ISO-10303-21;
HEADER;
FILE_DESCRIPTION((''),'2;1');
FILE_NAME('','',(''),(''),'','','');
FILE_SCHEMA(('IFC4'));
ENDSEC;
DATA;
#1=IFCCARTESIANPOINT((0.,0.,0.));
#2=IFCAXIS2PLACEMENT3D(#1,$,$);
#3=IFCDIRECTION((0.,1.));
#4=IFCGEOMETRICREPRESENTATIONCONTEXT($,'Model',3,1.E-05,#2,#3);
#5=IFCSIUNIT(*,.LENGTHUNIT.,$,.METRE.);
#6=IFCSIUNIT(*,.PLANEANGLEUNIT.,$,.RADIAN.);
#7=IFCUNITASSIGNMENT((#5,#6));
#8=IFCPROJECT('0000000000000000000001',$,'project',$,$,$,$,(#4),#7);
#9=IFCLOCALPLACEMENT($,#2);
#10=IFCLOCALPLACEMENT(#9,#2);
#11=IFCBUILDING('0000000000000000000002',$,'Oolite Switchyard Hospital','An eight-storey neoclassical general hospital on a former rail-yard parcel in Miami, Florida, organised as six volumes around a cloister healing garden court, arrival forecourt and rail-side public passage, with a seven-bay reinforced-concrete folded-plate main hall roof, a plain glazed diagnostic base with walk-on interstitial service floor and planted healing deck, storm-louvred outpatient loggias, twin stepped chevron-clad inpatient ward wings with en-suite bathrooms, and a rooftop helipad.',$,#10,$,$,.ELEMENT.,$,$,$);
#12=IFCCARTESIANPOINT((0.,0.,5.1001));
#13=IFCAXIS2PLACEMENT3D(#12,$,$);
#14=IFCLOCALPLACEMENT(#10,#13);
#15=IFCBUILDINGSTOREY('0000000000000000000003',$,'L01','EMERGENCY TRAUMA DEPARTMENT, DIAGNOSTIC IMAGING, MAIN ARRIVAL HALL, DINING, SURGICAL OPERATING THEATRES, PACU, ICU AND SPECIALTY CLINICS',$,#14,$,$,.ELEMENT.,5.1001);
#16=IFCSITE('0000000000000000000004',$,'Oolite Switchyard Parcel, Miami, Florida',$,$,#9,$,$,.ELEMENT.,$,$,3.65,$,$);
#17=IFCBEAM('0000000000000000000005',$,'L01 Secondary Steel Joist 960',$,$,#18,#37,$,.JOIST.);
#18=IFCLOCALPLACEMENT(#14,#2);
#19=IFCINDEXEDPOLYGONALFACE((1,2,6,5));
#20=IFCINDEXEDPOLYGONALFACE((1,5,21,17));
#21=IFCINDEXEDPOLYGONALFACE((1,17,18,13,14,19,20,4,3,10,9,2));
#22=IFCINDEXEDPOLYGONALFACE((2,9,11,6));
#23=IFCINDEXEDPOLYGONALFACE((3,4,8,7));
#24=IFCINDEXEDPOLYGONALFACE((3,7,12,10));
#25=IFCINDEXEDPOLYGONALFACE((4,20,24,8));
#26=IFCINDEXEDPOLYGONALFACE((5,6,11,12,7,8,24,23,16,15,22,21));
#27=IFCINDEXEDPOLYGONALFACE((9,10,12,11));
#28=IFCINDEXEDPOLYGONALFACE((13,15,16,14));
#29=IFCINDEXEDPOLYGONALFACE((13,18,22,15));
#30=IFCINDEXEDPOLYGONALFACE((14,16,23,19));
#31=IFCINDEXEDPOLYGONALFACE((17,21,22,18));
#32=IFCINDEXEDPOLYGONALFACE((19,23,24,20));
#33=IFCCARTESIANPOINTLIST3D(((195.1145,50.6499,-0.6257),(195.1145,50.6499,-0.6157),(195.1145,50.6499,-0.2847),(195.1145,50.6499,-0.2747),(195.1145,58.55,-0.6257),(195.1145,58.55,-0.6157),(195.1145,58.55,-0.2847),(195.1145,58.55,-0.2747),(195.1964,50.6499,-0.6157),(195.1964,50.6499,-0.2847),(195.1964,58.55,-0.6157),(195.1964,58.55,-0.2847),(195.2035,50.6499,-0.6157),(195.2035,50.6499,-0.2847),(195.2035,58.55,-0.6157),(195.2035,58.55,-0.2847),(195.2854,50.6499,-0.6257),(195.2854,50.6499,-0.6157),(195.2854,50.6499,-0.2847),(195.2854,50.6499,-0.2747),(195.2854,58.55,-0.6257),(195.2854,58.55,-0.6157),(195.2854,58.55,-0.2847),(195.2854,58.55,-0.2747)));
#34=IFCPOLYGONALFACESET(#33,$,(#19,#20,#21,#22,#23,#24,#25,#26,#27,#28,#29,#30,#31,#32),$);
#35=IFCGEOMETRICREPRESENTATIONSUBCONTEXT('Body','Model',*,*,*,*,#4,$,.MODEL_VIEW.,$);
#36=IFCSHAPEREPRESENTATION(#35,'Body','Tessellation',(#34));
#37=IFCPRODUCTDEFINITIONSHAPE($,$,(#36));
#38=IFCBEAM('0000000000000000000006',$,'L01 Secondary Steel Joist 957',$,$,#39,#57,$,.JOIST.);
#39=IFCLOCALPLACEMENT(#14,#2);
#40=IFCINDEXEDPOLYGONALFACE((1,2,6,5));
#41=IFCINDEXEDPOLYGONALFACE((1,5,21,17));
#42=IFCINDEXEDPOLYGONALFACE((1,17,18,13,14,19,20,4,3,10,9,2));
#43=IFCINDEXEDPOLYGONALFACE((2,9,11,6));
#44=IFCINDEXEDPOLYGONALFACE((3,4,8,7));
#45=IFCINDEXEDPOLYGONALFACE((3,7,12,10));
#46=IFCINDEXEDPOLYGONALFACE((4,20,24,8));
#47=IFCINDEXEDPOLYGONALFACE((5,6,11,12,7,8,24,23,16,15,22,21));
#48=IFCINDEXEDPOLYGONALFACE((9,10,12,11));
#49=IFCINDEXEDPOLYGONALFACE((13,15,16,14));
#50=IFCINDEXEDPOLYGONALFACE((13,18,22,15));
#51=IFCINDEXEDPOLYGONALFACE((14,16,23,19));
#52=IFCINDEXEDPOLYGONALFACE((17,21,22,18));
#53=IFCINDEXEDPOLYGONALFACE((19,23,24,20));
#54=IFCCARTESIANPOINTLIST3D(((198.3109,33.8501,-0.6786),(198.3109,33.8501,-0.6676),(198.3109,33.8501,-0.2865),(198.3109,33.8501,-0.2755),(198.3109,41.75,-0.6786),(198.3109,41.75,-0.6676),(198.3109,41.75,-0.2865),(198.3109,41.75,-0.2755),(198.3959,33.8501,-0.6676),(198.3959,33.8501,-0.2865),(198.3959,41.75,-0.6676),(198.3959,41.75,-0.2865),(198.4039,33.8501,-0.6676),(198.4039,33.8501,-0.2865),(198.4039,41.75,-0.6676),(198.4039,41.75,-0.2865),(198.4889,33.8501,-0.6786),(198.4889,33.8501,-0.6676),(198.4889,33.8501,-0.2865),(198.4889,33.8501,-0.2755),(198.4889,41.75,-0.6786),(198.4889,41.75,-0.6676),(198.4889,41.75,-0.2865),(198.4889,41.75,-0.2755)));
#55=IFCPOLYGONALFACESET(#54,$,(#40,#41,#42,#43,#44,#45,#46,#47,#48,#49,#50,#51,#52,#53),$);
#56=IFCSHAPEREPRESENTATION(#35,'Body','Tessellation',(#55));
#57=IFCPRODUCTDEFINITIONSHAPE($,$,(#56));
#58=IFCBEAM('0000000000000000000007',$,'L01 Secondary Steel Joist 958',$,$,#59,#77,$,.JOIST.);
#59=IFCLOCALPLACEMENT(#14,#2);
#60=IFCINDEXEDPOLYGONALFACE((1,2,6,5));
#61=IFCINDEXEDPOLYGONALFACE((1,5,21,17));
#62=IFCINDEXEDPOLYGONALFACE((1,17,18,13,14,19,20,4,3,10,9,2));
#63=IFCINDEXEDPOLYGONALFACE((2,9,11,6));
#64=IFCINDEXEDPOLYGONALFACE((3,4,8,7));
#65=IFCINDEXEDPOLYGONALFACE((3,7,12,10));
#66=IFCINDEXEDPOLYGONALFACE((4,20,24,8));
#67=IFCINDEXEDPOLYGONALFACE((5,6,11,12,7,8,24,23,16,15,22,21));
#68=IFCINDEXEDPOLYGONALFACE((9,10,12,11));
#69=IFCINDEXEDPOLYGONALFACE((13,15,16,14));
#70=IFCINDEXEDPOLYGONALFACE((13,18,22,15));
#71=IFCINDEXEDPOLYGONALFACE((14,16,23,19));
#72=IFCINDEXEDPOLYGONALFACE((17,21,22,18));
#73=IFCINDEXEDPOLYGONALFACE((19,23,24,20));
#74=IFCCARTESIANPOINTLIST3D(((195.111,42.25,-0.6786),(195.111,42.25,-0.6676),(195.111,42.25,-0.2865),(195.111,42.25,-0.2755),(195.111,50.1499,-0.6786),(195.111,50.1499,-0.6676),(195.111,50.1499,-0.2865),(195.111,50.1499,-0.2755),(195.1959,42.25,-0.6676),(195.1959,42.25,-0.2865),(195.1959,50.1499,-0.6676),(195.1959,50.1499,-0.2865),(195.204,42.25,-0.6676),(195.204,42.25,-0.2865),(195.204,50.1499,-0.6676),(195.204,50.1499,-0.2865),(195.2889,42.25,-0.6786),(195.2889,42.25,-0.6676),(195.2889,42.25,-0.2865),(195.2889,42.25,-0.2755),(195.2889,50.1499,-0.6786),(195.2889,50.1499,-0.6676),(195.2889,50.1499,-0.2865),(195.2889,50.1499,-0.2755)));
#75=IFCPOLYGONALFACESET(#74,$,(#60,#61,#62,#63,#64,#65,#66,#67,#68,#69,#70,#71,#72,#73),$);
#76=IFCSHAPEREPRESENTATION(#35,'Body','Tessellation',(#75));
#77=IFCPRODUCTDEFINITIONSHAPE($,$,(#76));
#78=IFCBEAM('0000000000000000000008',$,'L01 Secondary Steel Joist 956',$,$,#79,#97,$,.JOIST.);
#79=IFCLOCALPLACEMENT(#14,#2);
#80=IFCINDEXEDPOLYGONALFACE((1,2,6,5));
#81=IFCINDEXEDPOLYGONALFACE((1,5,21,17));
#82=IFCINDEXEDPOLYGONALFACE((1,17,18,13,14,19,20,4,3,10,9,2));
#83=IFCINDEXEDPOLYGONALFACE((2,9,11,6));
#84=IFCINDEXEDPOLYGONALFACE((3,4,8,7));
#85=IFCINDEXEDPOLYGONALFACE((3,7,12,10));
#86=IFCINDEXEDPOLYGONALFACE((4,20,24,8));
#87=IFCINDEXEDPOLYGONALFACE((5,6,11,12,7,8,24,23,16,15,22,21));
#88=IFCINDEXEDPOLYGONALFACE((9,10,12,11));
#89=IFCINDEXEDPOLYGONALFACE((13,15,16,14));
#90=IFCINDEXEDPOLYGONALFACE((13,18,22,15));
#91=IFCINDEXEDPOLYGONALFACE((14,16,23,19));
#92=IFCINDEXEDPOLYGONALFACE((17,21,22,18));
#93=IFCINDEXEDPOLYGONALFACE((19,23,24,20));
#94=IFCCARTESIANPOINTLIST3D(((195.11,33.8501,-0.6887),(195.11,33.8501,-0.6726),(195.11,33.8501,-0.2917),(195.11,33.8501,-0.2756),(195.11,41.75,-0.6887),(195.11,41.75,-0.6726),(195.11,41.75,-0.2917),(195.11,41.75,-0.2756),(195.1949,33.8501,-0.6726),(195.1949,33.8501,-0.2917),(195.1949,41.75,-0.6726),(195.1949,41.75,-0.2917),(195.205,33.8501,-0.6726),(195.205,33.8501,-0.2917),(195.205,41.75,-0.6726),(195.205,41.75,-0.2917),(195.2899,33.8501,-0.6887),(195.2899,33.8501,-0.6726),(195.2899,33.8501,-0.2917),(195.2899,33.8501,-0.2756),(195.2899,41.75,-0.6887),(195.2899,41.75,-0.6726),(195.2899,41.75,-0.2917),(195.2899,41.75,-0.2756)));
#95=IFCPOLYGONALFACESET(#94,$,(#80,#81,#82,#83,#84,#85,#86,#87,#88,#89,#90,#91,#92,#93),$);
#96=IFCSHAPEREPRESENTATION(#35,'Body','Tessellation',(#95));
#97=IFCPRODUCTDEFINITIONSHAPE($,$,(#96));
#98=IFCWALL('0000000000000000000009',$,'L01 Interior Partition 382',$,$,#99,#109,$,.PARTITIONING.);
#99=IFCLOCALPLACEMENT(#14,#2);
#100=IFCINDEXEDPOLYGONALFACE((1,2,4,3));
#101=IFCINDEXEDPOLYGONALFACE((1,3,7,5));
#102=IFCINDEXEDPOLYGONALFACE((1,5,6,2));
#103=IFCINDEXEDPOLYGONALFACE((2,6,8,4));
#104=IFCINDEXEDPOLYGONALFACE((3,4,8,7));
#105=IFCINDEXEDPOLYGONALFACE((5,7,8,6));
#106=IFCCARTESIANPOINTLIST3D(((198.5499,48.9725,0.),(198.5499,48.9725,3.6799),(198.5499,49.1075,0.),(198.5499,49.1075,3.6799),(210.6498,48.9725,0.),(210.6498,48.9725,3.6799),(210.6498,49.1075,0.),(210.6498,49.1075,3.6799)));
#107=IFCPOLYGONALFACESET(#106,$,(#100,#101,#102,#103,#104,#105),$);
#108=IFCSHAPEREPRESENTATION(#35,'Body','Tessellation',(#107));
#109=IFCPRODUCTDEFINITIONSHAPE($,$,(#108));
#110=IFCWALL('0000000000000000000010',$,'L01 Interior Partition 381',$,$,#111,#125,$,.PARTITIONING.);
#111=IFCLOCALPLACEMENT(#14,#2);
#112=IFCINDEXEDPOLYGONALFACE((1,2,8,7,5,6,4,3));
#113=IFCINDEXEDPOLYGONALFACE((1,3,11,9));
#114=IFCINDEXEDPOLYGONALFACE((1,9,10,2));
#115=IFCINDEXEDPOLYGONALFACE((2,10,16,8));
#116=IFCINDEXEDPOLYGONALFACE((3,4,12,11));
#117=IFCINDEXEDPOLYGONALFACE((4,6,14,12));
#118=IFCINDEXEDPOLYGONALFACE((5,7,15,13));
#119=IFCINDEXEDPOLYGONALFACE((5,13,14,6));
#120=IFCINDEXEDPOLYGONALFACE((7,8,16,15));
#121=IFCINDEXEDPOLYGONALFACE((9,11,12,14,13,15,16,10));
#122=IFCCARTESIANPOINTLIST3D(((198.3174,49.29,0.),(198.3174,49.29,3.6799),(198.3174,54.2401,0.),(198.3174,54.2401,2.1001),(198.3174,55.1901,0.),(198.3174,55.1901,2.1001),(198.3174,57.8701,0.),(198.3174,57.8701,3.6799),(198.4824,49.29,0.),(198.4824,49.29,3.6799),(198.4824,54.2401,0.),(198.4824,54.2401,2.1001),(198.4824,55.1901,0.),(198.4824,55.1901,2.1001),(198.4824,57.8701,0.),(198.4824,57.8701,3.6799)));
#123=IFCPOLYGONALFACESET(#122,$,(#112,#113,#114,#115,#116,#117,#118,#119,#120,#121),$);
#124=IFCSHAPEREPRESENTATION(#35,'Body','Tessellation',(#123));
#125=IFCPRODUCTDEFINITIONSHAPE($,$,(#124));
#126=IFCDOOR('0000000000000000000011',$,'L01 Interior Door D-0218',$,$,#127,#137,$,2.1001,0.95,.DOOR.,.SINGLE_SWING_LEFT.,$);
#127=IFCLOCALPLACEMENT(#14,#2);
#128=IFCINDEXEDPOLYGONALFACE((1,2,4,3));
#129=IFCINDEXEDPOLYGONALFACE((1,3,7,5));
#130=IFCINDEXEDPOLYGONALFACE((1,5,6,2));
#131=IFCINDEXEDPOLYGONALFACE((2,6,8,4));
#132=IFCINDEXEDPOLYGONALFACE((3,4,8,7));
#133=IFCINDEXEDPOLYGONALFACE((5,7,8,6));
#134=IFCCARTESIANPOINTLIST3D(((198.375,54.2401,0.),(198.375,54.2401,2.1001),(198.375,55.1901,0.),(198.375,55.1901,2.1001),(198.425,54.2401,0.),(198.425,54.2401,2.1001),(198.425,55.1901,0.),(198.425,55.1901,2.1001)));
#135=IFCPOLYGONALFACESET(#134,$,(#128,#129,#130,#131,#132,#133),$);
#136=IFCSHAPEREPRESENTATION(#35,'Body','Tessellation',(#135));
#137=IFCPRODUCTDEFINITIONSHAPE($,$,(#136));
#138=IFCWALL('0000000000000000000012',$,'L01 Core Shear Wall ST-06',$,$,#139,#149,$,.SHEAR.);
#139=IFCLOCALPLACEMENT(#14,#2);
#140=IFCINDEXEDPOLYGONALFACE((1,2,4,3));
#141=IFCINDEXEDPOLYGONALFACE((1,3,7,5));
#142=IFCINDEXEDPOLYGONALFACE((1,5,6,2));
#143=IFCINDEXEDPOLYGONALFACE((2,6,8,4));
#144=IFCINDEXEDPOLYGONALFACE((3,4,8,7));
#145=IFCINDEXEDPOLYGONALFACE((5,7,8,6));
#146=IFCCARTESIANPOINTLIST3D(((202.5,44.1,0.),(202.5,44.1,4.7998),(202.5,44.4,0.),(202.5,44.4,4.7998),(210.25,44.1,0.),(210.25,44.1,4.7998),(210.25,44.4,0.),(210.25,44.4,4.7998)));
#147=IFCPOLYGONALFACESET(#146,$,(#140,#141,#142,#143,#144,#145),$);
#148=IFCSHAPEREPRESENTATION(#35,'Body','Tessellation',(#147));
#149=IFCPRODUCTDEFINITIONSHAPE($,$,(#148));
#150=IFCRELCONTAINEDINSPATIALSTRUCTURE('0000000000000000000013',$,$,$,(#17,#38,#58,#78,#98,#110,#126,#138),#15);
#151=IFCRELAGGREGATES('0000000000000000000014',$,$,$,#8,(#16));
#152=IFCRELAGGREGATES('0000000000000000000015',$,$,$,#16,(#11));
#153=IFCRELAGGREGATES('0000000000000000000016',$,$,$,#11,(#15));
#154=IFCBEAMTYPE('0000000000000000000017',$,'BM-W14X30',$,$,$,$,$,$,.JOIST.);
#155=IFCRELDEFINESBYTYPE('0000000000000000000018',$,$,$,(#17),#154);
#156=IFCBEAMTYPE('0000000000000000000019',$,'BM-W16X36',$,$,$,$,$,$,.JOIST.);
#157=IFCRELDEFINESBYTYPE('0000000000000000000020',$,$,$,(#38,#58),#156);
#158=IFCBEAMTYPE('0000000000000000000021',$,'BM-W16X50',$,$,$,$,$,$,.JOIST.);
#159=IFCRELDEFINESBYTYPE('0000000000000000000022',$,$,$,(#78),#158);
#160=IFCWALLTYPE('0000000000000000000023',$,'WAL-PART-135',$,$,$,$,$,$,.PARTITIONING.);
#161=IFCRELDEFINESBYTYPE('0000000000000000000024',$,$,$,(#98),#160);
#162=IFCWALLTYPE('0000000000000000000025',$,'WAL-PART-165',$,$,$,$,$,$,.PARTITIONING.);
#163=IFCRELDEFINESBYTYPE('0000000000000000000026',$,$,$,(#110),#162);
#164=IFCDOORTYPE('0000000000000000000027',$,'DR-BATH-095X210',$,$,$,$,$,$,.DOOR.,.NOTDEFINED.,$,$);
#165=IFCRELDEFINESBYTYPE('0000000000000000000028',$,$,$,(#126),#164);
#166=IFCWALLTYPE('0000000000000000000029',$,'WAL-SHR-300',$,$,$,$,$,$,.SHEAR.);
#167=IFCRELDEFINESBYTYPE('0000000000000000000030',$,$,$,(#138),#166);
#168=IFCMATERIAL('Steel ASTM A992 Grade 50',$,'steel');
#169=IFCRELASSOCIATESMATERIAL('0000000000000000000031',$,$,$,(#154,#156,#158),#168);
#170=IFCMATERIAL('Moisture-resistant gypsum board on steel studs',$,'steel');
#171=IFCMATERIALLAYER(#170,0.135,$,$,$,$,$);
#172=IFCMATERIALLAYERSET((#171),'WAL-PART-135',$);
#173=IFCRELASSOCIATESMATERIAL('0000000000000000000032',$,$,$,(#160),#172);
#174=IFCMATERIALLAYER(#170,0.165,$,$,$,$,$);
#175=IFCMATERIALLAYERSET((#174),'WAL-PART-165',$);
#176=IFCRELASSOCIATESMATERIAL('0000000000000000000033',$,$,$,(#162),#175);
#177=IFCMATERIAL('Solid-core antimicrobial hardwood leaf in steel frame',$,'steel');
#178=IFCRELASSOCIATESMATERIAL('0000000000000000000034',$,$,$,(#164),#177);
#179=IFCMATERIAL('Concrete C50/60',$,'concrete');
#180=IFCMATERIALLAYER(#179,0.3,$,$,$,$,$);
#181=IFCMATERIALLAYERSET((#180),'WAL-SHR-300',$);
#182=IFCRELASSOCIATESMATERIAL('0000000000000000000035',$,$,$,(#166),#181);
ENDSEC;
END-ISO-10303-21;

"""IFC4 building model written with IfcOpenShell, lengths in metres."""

from ifc_helpers import new_model, si_unit, direction, frame, frame_2d, origin, origin_2d, place, context, subcontext, project, spatial, rectangle, i_section, extrude, material, layer, layer_set, material_profile, profile_set, type_object, element, fill, save


model = new_model("IFC4")

# Units and contexts
model_context = context("Model", 3, precision=1e-05, world=origin(), true_north=direction((0.0, 1.0)))
body_context = subcontext(model_context, "Body", "Model", "MODEL_VIEW")
ifc_project = project(units=[si_unit("LENGTHUNIT", "METRE"), si_unit("PLANEANGLEUNIT", "RADIAN")], contexts=[model_context])

# Site, building, storey
site_placement = place(None, origin())
site = spatial("IfcSite", under=ifc_project, at=site_placement, Name="Oolite Switchyard Parcel, Miami, Florida", CompositionType="ELEMENT", RefElevation=3.65)
building_placement = place(site_placement, origin())
building = spatial("IfcBuilding", under=site, at=building_placement, Name="Oolite Switchyard Hospital", Description="An eight-storey neoclassical general hospital on a former rail-yard parcel in Miami, Florida, organised as six volumes around a cloister healing garden court, arrival forecourt and rail-side public passage, with a seven-bay reinforced-concrete folded-plate main hall roof, a plain glazed diagnostic base with walk-on interstitial service floor and planted healing deck, storm-louvred outpatient loggias, twin stepped chevron-clad inpatient ward wings with en-suite bathrooms, and a rooftop helipad.", CompositionType="ELEMENT")
storey_placement = place(building_placement, frame((0.0, 0.0, 5.1001)))
storey = spatial("IfcBuildingStorey", under=building, at=storey_placement, Name="L01", Description="EMERGENCY TRAUMA DEPARTMENT, DIAGNOSTIC IMAGING, MAIN ARRIVAL HALL, DINING, SURGICAL OPERATING THEATRES, PACU, ICU AND SPECIALTY CLINICS", CompositionType="ELEMENT", Elevation=5.1001)

# Shared definitions
ifc_material_1 = material(Name="Concrete C50/60", Category="concrete")

# Beams
ifc_material_2 = material(Name="Steel ASTM A992 Grade 50", Category="steel")
ifc_material_profile_1 = material_profile(ifc_material_2, i_section(OverallWidth=0.1709, OverallDepth=0.3511, WebThickness=0.0071, FlangeThickness=0.01, at=origin_2d()), Name="W14X30")
ifc_profile_set_1 = profile_set([ifc_material_profile_1], Name="Steel ASTM A992 Grade 50")
beam_type_1 = type_object("IfcBeamType", Name="BM-W14X30", PredefinedType="JOIST", material=ifc_profile_set_1)
beam_1_placement = place(storey_placement, frame((195.2, 50.6499, -0.4502), z_axis=(0.0, 1.0, 0.0), x_axis=(-1.0, 0.0, 0.0)))
element("IfcBeam", 1, at=beam_1_placement, inside=storey, type_object=beam_type_1, Name="L01 Secondary Steel Joist 960", PredefinedType="JOIST", context=body_context, shape_type="SweptSolid", body=[
    extrude(i_section(OverallWidth=0.1709, OverallDepth=0.3511, WebThickness=0.0071, FlangeThickness=0.01, at=origin_2d()), origin(), (0.0, 0.0, 1.0), 7.9001),
])
ifc_material_profile_2 = material_profile(ifc_material_2, i_section(OverallWidth=0.178, OverallDepth=0.4031, WebThickness=0.0081, FlangeThickness=0.011, at=origin_2d()), Name="W16X36")
ifc_profile_set_2 = profile_set([ifc_material_profile_2], Name="Steel ASTM A992 Grade 50")
beam_type_2 = type_object("IfcBeamType", Name="BM-W16X36", PredefinedType="JOIST", material=ifc_profile_set_2)
for number, where, z_axis, x_axis, name in (
    (2, (198.3999, 33.8501, -0.4771), (0.0, 1.0, 0.0), (-1.0, 0.0, 0.0), "L01 Secondary Steel Joist 957"),
    (3, (195.2, 42.25, -0.4771), (0.0, 1.0, 0.0), (-1.0, 0.0, 0.0), "L01 Secondary Steel Joist 958"),
):
    element("IfcBeam", number, at=place(storey_placement, frame(where, z_axis=z_axis, x_axis=x_axis)), inside=storey, type_object=beam_type_2, Name=name, PredefinedType="JOIST", context=body_context, shape_type="SweptSolid", body=[
        extrude(i_section(OverallWidth=0.178, OverallDepth=0.4031, WebThickness=0.0081, FlangeThickness=0.011, at=origin_2d()), origin(), (0.0, 0.0, 1.0), 7.8999),
    ])
ifc_material_profile_3 = material_profile(ifc_material_2, i_section(OverallWidth=0.1799, OverallDepth=0.4131, WebThickness=0.01, FlangeThickness=0.0161, at=origin_2d()), Name="W16X50")
ifc_profile_set_3 = profile_set([ifc_material_profile_3], Name="Steel ASTM A992 Grade 50")
beam_type_3 = type_object("IfcBeamType", Name="BM-W16X50", PredefinedType="JOIST", material=ifc_profile_set_3)
beam_2_placement = place(storey_placement, frame((195.2, 33.8501, -0.4822), z_axis=(0.0, 1.0, 0.0), x_axis=(-1.0, 0.0, 0.0)))
element("IfcBeam", 4, at=beam_2_placement, inside=storey, type_object=beam_type_3, Name="L01 Secondary Steel Joist 956", PredefinedType="JOIST", context=body_context, shape_type="SweptSolid", body=[
    extrude(i_section(OverallWidth=0.1799, OverallDepth=0.4131, WebThickness=0.01, FlangeThickness=0.0161, at=origin_2d()), origin(), (0.0, 0.0, 1.0), 7.8999),
])

# Wall
ifc_material_3 = material(Name="Moisture-resistant gypsum board on steel studs", Category="steel")
ifc_layer_1 = layer(ifc_material_3, 0.135)
ifc_layer_set_1 = layer_set([ifc_layer_1], Name="WAL-PART-135")
wall_type_1 = type_object("IfcWallType", Name="WAL-PART-135", PredefinedType="PARTITIONING", material=ifc_layer_set_1)
wall_1_placement = place(storey_placement, frame((198.55, 49.04, 0.0), z_axis=(0.0, 0.0, 1.0), x_axis=(1.0, 0.0, 0.0)))
element("IfcWall", 5, at=wall_1_placement, inside=storey, type_object=wall_type_1, Name="L01 Interior Partition 382", PredefinedType="PARTITIONING", context=body_context, shape_type="SweptSolid", body=[
    extrude(rectangle(XDim=12.0999, YDim=0.135, at=frame_2d((6.0498, 0.0))), origin(), (0.0, 0.0, 1.0), 3.6799),
])

# Wall, opening, door
ifc_layer_2 = layer(ifc_material_3, 0.165)
ifc_layer_set_2 = layer_set([ifc_layer_2], Name="WAL-PART-165")
wall_type_2 = type_object("IfcWallType", Name="WAL-PART-165", PredefinedType="PARTITIONING", material=ifc_layer_set_2)
wall_2_placement = place(storey_placement, frame((198.3999, 49.29, 0.0), z_axis=(0.0, 0.0, 1.0), x_axis=(0.0, 1.0, 0.0)))
wall_2 = element("IfcWall", 6, at=wall_2_placement, inside=storey, type_object=wall_type_2, Name="L01 Interior Partition 381", PredefinedType="PARTITIONING", context=body_context, shape_type="SweptSolid", body=[
    extrude(rectangle(XDim=8.5801, YDim=0.165, at=frame_2d((4.29, 0.0))), origin(), (0.0, 0.0, 1.0), 3.6799),
])
opening_1_placement = place(wall_2_placement, frame((4.95, 0.0, 0.0)))
opening_1 = element("IfcOpeningElement", 7, at=opening_1_placement, cuts=wall_2, PredefinedType="OPENING", context=body_context, shape_type="SweptSolid", body=[
    extrude(rectangle(XDim=0.95, YDim=2.1001, at=frame_2d((0.4751, 1.05))), frame((0.0, 0.0925, 0.0), z_axis=(0.0, -1.0, 0.0), x_axis=(1.0, 0.0, 0.0)), (0.0, 0.0, 1.0), 0.1851),
])
ifc_material_4 = material(Name="Solid-core antimicrobial hardwood leaf in steel frame", Category="steel")
door_type_1 = type_object("IfcDoorType", Name="DR-BATH-095X210", OperationType="NOTDEFINED", PredefinedType="DOOR", material=ifc_material_4)
door_1_placement = place(opening_1_placement, origin())
door_1 = element("IfcDoor", 8, at=door_1_placement, inside=storey, type_object=door_type_1, Name="L01 Interior Door D-0218", OperationType="SINGLE_SWING_LEFT", OverallHeight=2.1001, OverallWidth=0.95, PredefinedType="DOOR", context=body_context, shape_type="SweptSolid", body=[
    extrude(rectangle(XDim=0.95, YDim=2.1001, at=frame_2d((0.4751, 1.05))), frame((0.0, 0.0249, 0.0), z_axis=(0.0, -1.0, 0.0), x_axis=(1.0, 0.0, 0.0)), (0.0, 0.0, 1.0), 0.05),
])
fill(opening_1, door_1)

# Wall
ifc_layer_3 = layer(ifc_material_1, 0.3)
ifc_layer_set_3 = layer_set([ifc_layer_3], Name="WAL-SHR-300")
wall_type_3 = type_object("IfcWallType", Name="WAL-SHR-300", PredefinedType="SHEAR", material=ifc_layer_set_3)
wall_3_placement = place(storey_placement, frame((202.5, 44.25, 0.0), z_axis=(0.0, 0.0, 1.0), x_axis=(1.0, 0.0, 0.0)))
element("IfcWall", 9, at=wall_3_placement, inside=storey, type_object=wall_type_3, Name="L01 Core Shear Wall ST-06", PredefinedType="SHEAR", context=body_context, shape_type="SweptSolid", body=[
    extrude(rectangle(XDim=7.75, YDim=0.3, at=frame_2d((3.875, 0.0))), origin(), (0.0, 0.0, 1.0), 4.7998),
])

save(model, "model.ifc")
